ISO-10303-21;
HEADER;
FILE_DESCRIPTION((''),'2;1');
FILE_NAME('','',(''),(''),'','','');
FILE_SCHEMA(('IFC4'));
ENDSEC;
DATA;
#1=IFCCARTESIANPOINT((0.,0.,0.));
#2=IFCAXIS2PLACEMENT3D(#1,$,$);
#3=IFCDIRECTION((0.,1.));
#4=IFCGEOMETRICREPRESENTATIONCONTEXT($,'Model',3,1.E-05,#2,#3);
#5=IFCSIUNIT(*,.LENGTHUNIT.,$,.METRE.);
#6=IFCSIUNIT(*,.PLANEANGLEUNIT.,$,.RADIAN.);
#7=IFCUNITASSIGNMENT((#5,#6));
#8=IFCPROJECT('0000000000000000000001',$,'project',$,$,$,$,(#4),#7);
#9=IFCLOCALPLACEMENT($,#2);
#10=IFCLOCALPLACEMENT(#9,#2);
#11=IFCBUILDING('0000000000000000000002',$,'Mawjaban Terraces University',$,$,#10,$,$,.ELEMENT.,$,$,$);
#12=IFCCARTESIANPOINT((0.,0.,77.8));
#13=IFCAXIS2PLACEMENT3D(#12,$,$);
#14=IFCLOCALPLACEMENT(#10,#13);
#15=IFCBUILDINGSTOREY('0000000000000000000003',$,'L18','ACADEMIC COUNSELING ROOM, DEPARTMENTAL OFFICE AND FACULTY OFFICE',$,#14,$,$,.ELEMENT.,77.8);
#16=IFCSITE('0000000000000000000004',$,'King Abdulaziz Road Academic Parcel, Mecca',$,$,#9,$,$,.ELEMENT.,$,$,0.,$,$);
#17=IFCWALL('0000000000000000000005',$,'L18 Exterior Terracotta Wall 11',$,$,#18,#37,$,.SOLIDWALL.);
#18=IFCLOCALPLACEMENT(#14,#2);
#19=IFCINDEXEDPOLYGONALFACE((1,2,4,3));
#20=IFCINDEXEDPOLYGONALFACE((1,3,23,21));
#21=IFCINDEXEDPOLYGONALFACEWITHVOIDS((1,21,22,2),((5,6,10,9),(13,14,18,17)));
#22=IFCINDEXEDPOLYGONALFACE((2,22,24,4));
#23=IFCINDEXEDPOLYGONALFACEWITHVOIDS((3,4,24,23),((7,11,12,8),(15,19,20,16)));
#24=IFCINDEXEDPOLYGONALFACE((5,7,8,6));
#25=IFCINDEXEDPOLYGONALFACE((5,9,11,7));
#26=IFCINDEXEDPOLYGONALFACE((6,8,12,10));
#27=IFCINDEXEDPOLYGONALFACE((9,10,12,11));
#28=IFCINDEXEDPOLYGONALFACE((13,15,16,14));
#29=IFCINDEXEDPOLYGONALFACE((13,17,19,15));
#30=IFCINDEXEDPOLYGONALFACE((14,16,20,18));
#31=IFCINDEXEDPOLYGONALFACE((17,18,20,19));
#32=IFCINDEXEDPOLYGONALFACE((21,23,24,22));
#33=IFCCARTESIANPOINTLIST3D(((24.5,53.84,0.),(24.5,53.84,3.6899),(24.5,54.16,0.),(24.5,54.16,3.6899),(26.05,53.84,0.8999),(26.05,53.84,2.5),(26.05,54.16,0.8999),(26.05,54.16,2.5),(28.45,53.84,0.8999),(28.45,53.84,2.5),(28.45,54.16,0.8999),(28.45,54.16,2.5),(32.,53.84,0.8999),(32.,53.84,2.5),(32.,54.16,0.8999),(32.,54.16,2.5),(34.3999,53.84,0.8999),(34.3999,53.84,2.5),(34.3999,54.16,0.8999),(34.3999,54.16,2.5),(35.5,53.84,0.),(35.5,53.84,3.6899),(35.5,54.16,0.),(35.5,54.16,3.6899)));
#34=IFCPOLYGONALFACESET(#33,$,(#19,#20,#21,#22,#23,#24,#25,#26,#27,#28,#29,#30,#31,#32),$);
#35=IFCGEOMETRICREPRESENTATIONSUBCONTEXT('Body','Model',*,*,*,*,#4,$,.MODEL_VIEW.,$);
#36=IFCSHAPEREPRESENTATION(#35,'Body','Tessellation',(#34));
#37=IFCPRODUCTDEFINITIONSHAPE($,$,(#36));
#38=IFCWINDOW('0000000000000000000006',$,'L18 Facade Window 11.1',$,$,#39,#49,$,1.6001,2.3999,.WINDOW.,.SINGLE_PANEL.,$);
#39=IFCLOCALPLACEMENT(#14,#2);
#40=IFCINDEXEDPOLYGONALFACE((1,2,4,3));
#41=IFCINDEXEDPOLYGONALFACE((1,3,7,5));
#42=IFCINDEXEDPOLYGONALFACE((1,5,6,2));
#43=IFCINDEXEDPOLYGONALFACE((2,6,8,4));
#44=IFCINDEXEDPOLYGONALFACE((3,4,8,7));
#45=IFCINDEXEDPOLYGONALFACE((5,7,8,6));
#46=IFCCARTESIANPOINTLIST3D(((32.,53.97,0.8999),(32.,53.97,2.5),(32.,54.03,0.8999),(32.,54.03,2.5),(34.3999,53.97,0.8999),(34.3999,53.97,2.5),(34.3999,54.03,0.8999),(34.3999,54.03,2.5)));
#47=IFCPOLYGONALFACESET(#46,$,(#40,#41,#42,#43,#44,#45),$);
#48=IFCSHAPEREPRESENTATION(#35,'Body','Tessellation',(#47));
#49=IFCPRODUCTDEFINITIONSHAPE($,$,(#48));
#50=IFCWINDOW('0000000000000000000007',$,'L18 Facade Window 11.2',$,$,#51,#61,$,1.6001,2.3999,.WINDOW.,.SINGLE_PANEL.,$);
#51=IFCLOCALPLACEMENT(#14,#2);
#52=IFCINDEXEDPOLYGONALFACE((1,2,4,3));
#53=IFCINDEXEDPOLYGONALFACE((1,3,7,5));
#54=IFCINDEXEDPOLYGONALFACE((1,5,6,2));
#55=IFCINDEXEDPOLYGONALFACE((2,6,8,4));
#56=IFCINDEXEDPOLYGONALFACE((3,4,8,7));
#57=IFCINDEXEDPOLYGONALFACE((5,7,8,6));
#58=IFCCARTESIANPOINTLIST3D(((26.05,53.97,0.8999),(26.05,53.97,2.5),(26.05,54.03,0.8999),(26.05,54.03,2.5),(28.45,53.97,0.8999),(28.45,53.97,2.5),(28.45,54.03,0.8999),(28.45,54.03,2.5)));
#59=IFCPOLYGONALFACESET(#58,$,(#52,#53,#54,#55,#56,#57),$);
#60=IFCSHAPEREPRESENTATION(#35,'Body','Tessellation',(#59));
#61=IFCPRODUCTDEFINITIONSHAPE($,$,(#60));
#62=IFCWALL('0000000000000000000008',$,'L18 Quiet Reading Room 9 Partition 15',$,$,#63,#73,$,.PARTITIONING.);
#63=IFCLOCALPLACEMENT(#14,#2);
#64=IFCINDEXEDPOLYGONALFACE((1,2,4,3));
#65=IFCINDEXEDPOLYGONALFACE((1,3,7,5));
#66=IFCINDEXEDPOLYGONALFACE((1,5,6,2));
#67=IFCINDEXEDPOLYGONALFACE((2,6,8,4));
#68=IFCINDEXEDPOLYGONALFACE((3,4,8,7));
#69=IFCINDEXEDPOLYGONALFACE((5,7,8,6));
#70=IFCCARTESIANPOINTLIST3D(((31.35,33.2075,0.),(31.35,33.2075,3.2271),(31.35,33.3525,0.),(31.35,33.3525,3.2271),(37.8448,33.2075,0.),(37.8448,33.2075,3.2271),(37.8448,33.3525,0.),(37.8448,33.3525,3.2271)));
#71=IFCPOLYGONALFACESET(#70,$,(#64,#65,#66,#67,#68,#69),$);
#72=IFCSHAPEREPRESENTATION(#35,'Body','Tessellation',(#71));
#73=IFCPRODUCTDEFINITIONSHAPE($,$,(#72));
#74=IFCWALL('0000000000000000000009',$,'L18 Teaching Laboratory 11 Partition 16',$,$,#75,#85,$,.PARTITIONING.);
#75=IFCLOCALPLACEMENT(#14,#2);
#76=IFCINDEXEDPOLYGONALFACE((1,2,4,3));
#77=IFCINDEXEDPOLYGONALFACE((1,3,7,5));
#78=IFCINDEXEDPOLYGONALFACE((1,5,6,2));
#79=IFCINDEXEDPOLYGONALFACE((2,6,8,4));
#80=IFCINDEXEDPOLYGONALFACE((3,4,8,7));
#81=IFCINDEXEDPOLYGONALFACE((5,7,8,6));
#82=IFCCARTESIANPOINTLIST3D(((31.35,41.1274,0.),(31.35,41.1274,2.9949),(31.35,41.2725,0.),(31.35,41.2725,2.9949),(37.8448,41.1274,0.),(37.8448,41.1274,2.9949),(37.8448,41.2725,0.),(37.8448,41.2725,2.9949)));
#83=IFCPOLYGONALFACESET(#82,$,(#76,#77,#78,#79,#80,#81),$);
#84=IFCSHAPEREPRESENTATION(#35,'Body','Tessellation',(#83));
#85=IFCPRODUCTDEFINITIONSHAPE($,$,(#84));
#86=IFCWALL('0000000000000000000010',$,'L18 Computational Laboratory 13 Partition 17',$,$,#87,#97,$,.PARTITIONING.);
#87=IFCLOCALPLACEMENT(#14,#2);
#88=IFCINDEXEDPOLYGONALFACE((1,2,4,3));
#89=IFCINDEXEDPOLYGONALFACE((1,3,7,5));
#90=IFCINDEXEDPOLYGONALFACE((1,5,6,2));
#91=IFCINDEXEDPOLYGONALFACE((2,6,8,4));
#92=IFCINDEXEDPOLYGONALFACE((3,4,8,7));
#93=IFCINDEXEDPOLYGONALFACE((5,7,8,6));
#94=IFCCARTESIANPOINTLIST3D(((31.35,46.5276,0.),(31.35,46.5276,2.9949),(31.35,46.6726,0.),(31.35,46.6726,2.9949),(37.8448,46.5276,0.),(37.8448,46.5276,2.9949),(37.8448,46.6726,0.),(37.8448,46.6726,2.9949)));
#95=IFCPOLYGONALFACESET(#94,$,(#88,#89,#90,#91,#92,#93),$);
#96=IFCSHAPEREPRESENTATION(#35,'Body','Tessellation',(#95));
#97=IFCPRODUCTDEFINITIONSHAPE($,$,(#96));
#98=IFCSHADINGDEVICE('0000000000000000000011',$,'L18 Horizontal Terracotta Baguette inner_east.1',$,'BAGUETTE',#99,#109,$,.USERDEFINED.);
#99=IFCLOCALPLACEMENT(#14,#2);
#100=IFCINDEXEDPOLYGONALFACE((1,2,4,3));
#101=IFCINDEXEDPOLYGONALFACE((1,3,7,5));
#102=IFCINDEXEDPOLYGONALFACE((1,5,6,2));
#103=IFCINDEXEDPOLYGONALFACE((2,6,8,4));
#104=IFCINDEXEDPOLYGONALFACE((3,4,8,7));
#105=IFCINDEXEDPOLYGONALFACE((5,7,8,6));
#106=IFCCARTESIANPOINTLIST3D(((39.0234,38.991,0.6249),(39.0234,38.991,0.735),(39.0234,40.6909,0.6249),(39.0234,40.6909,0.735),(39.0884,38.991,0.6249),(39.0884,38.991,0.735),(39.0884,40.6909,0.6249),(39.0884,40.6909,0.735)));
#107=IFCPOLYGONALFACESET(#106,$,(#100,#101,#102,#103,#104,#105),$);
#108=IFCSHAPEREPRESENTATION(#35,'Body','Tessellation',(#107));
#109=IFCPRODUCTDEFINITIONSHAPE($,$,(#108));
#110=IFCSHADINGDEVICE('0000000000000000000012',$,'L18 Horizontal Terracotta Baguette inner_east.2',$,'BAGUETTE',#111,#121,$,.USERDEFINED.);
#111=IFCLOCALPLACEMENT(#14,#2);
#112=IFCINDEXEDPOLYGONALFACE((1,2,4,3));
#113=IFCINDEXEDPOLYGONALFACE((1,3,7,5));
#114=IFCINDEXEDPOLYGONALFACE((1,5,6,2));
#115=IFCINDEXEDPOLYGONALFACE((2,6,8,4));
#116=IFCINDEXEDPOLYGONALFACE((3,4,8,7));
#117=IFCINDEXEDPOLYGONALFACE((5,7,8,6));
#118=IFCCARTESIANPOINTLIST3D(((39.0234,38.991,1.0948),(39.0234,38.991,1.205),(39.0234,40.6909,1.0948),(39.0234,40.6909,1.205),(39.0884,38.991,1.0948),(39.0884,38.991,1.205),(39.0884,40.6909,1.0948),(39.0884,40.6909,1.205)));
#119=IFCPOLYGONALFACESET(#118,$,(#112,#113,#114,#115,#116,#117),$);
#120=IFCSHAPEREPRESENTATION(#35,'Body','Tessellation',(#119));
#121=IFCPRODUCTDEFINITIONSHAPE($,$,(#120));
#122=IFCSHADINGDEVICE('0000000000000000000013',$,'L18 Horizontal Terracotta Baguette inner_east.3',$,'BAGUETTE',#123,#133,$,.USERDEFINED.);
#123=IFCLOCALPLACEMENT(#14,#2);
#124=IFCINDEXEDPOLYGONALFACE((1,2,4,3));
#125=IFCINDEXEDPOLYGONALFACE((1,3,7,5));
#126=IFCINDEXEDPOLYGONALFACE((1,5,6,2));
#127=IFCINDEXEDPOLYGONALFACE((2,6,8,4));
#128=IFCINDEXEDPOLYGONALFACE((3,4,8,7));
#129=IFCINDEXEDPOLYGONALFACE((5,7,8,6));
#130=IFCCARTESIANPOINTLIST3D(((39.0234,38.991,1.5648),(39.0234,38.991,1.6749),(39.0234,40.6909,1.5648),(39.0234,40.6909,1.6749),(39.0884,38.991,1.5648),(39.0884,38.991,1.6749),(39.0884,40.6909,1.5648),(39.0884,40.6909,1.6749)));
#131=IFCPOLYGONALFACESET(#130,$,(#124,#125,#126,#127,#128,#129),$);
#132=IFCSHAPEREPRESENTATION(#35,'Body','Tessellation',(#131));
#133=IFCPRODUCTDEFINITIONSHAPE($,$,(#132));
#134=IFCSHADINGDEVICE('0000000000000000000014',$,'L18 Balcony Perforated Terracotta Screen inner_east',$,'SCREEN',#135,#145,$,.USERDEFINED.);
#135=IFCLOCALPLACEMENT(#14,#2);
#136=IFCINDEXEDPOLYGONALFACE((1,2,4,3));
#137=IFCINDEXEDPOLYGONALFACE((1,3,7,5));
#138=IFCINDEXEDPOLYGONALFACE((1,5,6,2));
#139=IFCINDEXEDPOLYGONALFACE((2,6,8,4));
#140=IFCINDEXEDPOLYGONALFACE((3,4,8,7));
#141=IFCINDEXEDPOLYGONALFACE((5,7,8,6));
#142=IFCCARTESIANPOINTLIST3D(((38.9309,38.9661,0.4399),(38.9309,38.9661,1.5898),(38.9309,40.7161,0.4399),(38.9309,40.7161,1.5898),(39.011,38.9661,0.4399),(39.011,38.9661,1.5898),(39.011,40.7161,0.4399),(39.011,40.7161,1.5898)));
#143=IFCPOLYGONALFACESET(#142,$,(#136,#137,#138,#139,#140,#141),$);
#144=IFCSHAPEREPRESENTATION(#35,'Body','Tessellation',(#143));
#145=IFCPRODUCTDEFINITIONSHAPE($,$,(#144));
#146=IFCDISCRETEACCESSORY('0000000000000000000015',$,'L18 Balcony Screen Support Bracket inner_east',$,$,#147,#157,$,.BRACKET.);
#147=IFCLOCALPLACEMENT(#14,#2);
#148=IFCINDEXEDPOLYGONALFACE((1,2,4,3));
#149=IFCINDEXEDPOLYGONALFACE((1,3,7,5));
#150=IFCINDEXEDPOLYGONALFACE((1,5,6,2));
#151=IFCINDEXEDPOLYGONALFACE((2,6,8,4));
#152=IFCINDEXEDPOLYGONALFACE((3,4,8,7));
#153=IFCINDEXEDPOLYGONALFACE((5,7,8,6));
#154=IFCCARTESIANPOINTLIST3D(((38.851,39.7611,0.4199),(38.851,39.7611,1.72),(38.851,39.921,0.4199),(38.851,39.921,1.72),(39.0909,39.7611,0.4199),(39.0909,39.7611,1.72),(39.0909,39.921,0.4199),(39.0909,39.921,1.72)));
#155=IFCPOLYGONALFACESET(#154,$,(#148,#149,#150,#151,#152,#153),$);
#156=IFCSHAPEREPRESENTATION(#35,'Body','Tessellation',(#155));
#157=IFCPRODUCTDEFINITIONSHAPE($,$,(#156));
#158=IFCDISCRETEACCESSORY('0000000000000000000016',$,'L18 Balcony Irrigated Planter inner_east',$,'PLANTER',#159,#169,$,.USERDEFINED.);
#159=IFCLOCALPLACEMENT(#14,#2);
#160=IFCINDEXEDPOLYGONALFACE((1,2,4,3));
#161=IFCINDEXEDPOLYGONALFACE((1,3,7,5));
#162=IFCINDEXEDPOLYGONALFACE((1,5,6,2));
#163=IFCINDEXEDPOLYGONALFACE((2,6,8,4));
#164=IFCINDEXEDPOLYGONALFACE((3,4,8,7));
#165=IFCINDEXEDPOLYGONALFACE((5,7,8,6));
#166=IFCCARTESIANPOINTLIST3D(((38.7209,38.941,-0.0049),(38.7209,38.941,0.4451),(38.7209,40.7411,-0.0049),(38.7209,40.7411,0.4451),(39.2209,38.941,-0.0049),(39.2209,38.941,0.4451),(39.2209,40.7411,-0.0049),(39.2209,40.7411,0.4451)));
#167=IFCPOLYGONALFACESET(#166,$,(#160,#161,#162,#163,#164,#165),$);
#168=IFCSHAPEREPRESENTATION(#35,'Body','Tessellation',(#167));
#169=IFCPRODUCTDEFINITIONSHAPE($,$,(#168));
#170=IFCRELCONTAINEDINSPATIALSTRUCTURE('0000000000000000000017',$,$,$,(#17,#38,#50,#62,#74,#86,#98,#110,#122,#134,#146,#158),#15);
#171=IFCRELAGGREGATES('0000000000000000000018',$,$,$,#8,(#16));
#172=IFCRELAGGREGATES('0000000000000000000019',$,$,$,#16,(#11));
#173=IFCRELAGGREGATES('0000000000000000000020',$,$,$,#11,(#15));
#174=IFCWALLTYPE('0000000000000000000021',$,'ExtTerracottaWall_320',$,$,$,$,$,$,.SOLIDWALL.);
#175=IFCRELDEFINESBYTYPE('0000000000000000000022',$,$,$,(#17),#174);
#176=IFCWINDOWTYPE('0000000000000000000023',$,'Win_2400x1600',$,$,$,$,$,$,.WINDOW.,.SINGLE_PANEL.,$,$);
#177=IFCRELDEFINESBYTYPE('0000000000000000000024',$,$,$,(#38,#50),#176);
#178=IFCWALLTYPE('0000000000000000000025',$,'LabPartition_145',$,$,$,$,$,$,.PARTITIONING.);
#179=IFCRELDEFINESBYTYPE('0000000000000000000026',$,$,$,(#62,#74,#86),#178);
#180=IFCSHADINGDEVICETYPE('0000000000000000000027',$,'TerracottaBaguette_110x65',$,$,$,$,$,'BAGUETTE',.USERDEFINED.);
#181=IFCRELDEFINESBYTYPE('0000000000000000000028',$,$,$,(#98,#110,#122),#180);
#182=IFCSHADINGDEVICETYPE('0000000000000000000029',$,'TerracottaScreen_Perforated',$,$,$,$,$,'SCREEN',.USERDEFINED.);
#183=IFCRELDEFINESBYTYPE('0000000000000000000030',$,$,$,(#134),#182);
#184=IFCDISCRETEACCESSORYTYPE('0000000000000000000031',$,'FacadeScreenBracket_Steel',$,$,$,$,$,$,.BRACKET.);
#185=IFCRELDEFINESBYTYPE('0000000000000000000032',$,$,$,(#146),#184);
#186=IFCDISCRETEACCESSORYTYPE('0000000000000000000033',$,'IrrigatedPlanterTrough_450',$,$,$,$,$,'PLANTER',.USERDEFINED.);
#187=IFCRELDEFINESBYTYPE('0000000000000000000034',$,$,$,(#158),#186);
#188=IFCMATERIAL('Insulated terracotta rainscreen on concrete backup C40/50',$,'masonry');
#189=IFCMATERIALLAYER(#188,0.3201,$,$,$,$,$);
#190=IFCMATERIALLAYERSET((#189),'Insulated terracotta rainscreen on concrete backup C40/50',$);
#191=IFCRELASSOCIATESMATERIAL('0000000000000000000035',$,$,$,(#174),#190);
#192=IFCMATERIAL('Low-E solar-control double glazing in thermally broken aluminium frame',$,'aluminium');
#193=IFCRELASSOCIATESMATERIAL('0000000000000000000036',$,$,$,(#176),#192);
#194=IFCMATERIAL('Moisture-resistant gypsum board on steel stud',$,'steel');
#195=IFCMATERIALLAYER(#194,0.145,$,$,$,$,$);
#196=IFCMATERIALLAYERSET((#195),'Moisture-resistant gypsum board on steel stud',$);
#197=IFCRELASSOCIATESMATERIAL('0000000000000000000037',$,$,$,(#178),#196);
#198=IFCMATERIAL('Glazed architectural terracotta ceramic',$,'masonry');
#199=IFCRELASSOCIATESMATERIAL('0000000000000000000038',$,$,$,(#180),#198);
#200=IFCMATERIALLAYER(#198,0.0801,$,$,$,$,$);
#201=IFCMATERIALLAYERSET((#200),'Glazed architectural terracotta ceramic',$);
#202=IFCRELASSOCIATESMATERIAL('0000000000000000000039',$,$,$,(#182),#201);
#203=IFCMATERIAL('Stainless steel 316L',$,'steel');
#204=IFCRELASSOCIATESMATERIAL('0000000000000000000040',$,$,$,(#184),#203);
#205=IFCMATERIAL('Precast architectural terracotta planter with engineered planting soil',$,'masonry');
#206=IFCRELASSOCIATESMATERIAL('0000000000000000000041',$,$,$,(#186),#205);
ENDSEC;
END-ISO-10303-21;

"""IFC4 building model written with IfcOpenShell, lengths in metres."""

from ifc_helpers import new_model, si_unit, direction, frame, frame_2d, origin, origin_2d, place, context, subcontext, project, spatial, rectangle, extrude, material, layer, layer_set, material_profile, profile_set, type_object, element, fill, save


model = new_model("IFC4")

# Units and contexts
model_context = context("Model", 3, precision=1e-05, world=origin(), true_north=direction((0.0, 1.0)))
body_context = subcontext(model_context, "Body", "Model", "MODEL_VIEW")
ifc_project = project(units=[si_unit("LENGTHUNIT", "METRE"), si_unit("PLANEANGLEUNIT", "RADIAN")], contexts=[model_context])

# Site, building, storey
site_placement = place(None, origin())
site = spatial("IfcSite", under=ifc_project, at=site_placement, Name="King Abdulaziz Road Academic Parcel, Mecca", CompositionType="ELEMENT", RefElevation=0.0)
building_placement = place(site_placement, origin())
building = spatial("IfcBuilding", under=site, at=building_placement, Name="Mawjaban Terraces University", CompositionType="ELEMENT")
storey_placement = place(building_placement, frame((0.0, 0.0, 77.8)))
storey = spatial("IfcBuildingStorey", under=building, at=storey_placement, Name="L18", Description="ACADEMIC COUNSELING ROOM, DEPARTMENTAL OFFICE AND FACULTY OFFICE", CompositionType="ELEMENT", Elevation=77.8)

# Shared definitions
ifc_material_1 = material(Name="Insulated terracotta rainscreen on concrete backup C40/50", Category="masonry")
ifc_layer_1 = layer(ifc_material_1, 0.3201)
ifc_layer_set_1 = layer_set([ifc_layer_1], Name="Insulated terracotta rainscreen on concrete backup C40/50")
wall_type_1 = type_object("IfcWallType", Name="ExtTerracottaWall_320", PredefinedType="SOLIDWALL", material=ifc_layer_set_1)

# Wall, openings, windows
wall_1_placement = place(storey_placement, frame((35.5, 54.0, 0.0), z_axis=(0.0, 0.0, 1.0), x_axis=(-1.0, 0.0, 0.0)))
wall_1 = element("IfcWall", 1, at=wall_1_placement, inside=storey, type_object=wall_type_1, Name="L18 Exterior Terracotta Wall 11", PredefinedType="SOLIDWALL", context=body_context, shape_type="SweptSolid", body=[
    extrude(rectangle(XDim=11.0, YDim=0.3201, at=frame_2d((5.5, 0.0))), origin(), (0.0, 0.0, 1.0), 3.6899),
])
opening_1_placement = place(wall_1_placement, frame((1.1001, 0.0, 0.8999)))
opening_1 = element("IfcOpeningElement", 2, at=opening_1_placement, cuts=wall_1, PredefinedType="OPENING", context=body_context, shape_type="SweptSolid", body=[
    extrude(rectangle(XDim=2.3999, YDim=1.6001, at=frame_2d((1.2, 0.8))), frame((0.0, 0.1699, 0.0), z_axis=(0.0, -1.0, 0.0), x_axis=(1.0, 0.0, 0.0)), (0.0, 0.0, 1.0), 0.3401),
])
opening_2_placement = place(wall_1_placement, frame((7.05, 0.0, 0.8999)))
opening_2 = element("IfcOpeningElement", 3, at=opening_2_placement, cuts=wall_1, PredefinedType="OPENING", context=body_context, shape_type="SweptSolid", body=[
    extrude(rectangle(XDim=2.3999, YDim=1.6001, at=frame_2d((1.2, 0.8))), frame((0.0, 0.1699, 0.0), z_axis=(0.0, -1.0, 0.0), x_axis=(1.0, 0.0, 0.0)), (0.0, 0.0, 1.0), 0.3401),
])
ifc_material_2 = material(Name="Low-E solar-control double glazing in thermally broken aluminium frame", Category="aluminium")
window_type = type_object("IfcWindowType", Name="Win_2400x1600", PartitioningType="SINGLE_PANEL", PredefinedType="WINDOW", material=ifc_material_2)
window_1_placement = place(opening_1_placement, origin())
window_1 = element("IfcWindow", 4, at=window_1_placement, inside=storey, type_object=window_type, Name="L18 Facade Window 11.1", OverallHeight=1.6001, OverallWidth=2.3999, PartitioningType="SINGLE_PANEL", PredefinedType="WINDOW", context=body_context, shape_type="SweptSolid", body=[
    extrude(rectangle(XDim=2.3999, YDim=1.6001, at=frame_2d((1.2, 0.8))), frame((0.0, 0.03, 0.0), z_axis=(0.0, -1.0, 0.0), x_axis=(1.0, 0.0, 0.0)), (0.0, 0.0, 1.0), 0.0601),
])
fill(opening_1, window_1)
window_2_placement = place(opening_2_placement, origin())
window_2 = element("IfcWindow", 5, at=window_2_placement, inside=storey, type_object=window_type, Name="L18 Facade Window 11.2", OverallHeight=1.6001, OverallWidth=2.3999, PartitioningType="SINGLE_PANEL", PredefinedType="WINDOW", context=body_context, shape_type="SweptSolid", body=[
    extrude(rectangle(XDim=2.3999, YDim=1.6001, at=frame_2d((1.2, 0.8))), frame((0.0, 0.03, 0.0), z_axis=(0.0, -1.0, 0.0), x_axis=(1.0, 0.0, 0.0)), (0.0, 0.0, 1.0), 0.0601),
])
fill(opening_2, window_2)

# Walls
ifc_material_3 = material(Name="Moisture-resistant gypsum board on steel stud", Category="steel")
ifc_layer_2 = layer(ifc_material_3, 0.145)
ifc_layer_set_2 = layer_set([ifc_layer_2], Name="Moisture-resistant gypsum board on steel stud")
wall_type_2 = type_object("IfcWallType", Name="LabPartition_145", PredefinedType="PARTITIONING", material=ifc_layer_set_2)
wall_2_placement = place(storey_placement, frame((37.845, 33.28, 0.0), z_axis=(0.0, 0.0, 1.0), x_axis=(-1.0, 0.0, 0.0)))
element("IfcWall", 6, at=wall_2_placement, inside=storey, type_object=wall_type_2, Name="L18 Quiet Reading Room 9 Partition 15", PredefinedType="PARTITIONING", context=body_context, shape_type="SweptSolid", body=[
    extrude(rectangle(XDim=6.4949, YDim=0.145, at=frame_2d((3.2476, 0.0))), origin(), (0.0, 0.0, 1.0), 3.2271),
])
for number, where, z_axis, x_axis, name in (
    (7, (37.845, 41.2, 0.0), (0.0, 0.0, 1.0), (-1.0, 0.0, 0.0), "L18 Teaching Laboratory 11 Partition 16"),
    (8, (37.845, 46.6001, 0.0), (0.0, 0.0, 1.0), (-1.0, 0.0, 0.0), "L18 Computational Laboratory 13 Partition 17"),
):
    element("IfcWall", number, at=place(storey_placement, frame(where, z_axis=z_axis, x_axis=x_axis)), inside=storey, type_object=wall_type_2, Name=name, PredefinedType="PARTITIONING", context=body_context, shape_type="SweptSolid", body=[
        extrude(rectangle(XDim=6.4949, YDim=0.145, at=frame_2d((3.2476, 0.0))), origin(), (0.0, 0.0, 1.0), 2.9949),
    ])

# Shading devices
ifc_material_4 = material(Name="Glazed architectural terracotta ceramic", Category="masonry")
ifc_material_profile_1 = material_profile(ifc_material_4, rectangle(XDim=0.0649, YDim=0.1101, at=origin_2d()), Name="TBAG110X65")
ifc_profile_set_1 = profile_set([ifc_material_profile_1], Name="Glazed architectural terracotta ceramic")
shading_device_type_1 = type_object("IfcShadingDeviceType", Name="TerracottaBaguette_110x65", ElementType="BAGUETTE", PredefinedType="USERDEFINED", material=ifc_profile_set_1)
for number, where, z_axis, x_axis, name in (
    (9, (39.0559, 38.991, 0.6799), (0.0, 1.0, 0.0), (-1.0, 0.0, 0.0), "L18 Horizontal Terracotta Baguette inner_east.1"),
    (10, (39.0559, 38.991, 1.1499), (0.0, 1.0, 0.0), (-1.0, 0.0, 0.0), "L18 Horizontal Terracotta Baguette inner_east.2"),
    (11, (39.0559, 38.991, 1.6199), (0.0, 1.0, 0.0), (-1.0, 0.0, 0.0), "L18 Horizontal Terracotta Baguette inner_east.3"),
):
    element("IfcShadingDevice", number, at=place(storey_placement, frame(where, z_axis=z_axis, x_axis=x_axis)), inside=storey, type_object=shading_device_type_1, Name=name, ObjectType="BAGUETTE", PredefinedType="USERDEFINED", context=body_context, shape_type="SweptSolid", body=[
        extrude(rectangle(XDim=0.0649, YDim=0.1101, at=origin_2d()), origin(), (0.0, 0.0, 1.0), 1.7),
    ])
ifc_layer_3 = layer(ifc_material_4, 0.0801)
ifc_layer_set_3 = layer_set([ifc_layer_3], Name="Glazed architectural terracotta ceramic")
shading_device_type_2 = type_object("IfcShadingDeviceType", Name="TerracottaScreen_Perforated", ElementType="SCREEN", PredefinedType="USERDEFINED", material=ifc_layer_set_3)
shading_device_placement = place(storey_placement, frame((38.9709, 39.8411, 0.4399), z_axis=(0.0, 0.0, 1.0), x_axis=(0.0, 1.0, 0.0)))
element("IfcShadingDevice", 12, at=shading_device_placement, inside=storey, type_object=shading_device_type_2, Name="L18 Balcony Perforated Terracotta Screen inner_east", ObjectType="SCREEN", PredefinedType="USERDEFINED", context=body_context, shape_type="SweptSolid", body=[
    extrude(rectangle(XDim=1.75, YDim=0.0801, at=origin_2d()), origin(), (0.0, 0.0, 1.0), 1.1499),
])

# Discrete accessories
ifc_material_5 = material(Name="Stainless steel 316L", Category="steel")
discrete_accessory_type_1 = type_object("IfcDiscreteAccessoryType", Name="FacadeScreenBracket_Steel", PredefinedType="BRACKET", material=ifc_material_5)
discrete_accessory_1_placement = place(storey_placement, frame((38.9709, 39.8411, 0.4199), z_axis=(0.0, 0.0, 1.0), x_axis=(0.0, 1.0, 0.0)))
element("IfcDiscreteAccessory", 13, at=discrete_accessory_1_placement, inside=storey, type_object=discrete_accessory_type_1, Name="L18 Balcony Screen Support Bracket inner_east", PredefinedType="BRACKET", context=body_context, shape_type="SweptSolid", body=[
    extrude(rectangle(XDim=0.1599, YDim=0.24, at=origin_2d()), origin(), (0.0, 0.0, 1.0), 1.3),
])
ifc_material_6 = material(Name="Precast architectural terracotta planter with engineered planting soil", Category="masonry")
discrete_accessory_type_2 = type_object("IfcDiscreteAccessoryType", Name="IrrigatedPlanterTrough_450", ElementType="PLANTER", PredefinedType="USERDEFINED", material=ifc_material_6)
discrete_accessory_2_placement = place(storey_placement, frame((38.9709, 39.8411, -0.0049), z_axis=(0.0, 0.0, 1.0), x_axis=(0.0, 1.0, 0.0)))
element("IfcDiscreteAccessory", 14, at=discrete_accessory_2_placement, inside=storey, type_object=discrete_accessory_type_2, Name="L18 Balcony Irrigated Planter inner_east", ObjectType="PLANTER", PredefinedType="USERDEFINED", context=body_context, shape_type="SweptSolid", body=[
    extrude(rectangle(XDim=1.8, YDim=0.5, at=origin_2d()), origin(), (0.0, 0.0, 1.0), 0.45),
])

save(model, "model.ifc")
